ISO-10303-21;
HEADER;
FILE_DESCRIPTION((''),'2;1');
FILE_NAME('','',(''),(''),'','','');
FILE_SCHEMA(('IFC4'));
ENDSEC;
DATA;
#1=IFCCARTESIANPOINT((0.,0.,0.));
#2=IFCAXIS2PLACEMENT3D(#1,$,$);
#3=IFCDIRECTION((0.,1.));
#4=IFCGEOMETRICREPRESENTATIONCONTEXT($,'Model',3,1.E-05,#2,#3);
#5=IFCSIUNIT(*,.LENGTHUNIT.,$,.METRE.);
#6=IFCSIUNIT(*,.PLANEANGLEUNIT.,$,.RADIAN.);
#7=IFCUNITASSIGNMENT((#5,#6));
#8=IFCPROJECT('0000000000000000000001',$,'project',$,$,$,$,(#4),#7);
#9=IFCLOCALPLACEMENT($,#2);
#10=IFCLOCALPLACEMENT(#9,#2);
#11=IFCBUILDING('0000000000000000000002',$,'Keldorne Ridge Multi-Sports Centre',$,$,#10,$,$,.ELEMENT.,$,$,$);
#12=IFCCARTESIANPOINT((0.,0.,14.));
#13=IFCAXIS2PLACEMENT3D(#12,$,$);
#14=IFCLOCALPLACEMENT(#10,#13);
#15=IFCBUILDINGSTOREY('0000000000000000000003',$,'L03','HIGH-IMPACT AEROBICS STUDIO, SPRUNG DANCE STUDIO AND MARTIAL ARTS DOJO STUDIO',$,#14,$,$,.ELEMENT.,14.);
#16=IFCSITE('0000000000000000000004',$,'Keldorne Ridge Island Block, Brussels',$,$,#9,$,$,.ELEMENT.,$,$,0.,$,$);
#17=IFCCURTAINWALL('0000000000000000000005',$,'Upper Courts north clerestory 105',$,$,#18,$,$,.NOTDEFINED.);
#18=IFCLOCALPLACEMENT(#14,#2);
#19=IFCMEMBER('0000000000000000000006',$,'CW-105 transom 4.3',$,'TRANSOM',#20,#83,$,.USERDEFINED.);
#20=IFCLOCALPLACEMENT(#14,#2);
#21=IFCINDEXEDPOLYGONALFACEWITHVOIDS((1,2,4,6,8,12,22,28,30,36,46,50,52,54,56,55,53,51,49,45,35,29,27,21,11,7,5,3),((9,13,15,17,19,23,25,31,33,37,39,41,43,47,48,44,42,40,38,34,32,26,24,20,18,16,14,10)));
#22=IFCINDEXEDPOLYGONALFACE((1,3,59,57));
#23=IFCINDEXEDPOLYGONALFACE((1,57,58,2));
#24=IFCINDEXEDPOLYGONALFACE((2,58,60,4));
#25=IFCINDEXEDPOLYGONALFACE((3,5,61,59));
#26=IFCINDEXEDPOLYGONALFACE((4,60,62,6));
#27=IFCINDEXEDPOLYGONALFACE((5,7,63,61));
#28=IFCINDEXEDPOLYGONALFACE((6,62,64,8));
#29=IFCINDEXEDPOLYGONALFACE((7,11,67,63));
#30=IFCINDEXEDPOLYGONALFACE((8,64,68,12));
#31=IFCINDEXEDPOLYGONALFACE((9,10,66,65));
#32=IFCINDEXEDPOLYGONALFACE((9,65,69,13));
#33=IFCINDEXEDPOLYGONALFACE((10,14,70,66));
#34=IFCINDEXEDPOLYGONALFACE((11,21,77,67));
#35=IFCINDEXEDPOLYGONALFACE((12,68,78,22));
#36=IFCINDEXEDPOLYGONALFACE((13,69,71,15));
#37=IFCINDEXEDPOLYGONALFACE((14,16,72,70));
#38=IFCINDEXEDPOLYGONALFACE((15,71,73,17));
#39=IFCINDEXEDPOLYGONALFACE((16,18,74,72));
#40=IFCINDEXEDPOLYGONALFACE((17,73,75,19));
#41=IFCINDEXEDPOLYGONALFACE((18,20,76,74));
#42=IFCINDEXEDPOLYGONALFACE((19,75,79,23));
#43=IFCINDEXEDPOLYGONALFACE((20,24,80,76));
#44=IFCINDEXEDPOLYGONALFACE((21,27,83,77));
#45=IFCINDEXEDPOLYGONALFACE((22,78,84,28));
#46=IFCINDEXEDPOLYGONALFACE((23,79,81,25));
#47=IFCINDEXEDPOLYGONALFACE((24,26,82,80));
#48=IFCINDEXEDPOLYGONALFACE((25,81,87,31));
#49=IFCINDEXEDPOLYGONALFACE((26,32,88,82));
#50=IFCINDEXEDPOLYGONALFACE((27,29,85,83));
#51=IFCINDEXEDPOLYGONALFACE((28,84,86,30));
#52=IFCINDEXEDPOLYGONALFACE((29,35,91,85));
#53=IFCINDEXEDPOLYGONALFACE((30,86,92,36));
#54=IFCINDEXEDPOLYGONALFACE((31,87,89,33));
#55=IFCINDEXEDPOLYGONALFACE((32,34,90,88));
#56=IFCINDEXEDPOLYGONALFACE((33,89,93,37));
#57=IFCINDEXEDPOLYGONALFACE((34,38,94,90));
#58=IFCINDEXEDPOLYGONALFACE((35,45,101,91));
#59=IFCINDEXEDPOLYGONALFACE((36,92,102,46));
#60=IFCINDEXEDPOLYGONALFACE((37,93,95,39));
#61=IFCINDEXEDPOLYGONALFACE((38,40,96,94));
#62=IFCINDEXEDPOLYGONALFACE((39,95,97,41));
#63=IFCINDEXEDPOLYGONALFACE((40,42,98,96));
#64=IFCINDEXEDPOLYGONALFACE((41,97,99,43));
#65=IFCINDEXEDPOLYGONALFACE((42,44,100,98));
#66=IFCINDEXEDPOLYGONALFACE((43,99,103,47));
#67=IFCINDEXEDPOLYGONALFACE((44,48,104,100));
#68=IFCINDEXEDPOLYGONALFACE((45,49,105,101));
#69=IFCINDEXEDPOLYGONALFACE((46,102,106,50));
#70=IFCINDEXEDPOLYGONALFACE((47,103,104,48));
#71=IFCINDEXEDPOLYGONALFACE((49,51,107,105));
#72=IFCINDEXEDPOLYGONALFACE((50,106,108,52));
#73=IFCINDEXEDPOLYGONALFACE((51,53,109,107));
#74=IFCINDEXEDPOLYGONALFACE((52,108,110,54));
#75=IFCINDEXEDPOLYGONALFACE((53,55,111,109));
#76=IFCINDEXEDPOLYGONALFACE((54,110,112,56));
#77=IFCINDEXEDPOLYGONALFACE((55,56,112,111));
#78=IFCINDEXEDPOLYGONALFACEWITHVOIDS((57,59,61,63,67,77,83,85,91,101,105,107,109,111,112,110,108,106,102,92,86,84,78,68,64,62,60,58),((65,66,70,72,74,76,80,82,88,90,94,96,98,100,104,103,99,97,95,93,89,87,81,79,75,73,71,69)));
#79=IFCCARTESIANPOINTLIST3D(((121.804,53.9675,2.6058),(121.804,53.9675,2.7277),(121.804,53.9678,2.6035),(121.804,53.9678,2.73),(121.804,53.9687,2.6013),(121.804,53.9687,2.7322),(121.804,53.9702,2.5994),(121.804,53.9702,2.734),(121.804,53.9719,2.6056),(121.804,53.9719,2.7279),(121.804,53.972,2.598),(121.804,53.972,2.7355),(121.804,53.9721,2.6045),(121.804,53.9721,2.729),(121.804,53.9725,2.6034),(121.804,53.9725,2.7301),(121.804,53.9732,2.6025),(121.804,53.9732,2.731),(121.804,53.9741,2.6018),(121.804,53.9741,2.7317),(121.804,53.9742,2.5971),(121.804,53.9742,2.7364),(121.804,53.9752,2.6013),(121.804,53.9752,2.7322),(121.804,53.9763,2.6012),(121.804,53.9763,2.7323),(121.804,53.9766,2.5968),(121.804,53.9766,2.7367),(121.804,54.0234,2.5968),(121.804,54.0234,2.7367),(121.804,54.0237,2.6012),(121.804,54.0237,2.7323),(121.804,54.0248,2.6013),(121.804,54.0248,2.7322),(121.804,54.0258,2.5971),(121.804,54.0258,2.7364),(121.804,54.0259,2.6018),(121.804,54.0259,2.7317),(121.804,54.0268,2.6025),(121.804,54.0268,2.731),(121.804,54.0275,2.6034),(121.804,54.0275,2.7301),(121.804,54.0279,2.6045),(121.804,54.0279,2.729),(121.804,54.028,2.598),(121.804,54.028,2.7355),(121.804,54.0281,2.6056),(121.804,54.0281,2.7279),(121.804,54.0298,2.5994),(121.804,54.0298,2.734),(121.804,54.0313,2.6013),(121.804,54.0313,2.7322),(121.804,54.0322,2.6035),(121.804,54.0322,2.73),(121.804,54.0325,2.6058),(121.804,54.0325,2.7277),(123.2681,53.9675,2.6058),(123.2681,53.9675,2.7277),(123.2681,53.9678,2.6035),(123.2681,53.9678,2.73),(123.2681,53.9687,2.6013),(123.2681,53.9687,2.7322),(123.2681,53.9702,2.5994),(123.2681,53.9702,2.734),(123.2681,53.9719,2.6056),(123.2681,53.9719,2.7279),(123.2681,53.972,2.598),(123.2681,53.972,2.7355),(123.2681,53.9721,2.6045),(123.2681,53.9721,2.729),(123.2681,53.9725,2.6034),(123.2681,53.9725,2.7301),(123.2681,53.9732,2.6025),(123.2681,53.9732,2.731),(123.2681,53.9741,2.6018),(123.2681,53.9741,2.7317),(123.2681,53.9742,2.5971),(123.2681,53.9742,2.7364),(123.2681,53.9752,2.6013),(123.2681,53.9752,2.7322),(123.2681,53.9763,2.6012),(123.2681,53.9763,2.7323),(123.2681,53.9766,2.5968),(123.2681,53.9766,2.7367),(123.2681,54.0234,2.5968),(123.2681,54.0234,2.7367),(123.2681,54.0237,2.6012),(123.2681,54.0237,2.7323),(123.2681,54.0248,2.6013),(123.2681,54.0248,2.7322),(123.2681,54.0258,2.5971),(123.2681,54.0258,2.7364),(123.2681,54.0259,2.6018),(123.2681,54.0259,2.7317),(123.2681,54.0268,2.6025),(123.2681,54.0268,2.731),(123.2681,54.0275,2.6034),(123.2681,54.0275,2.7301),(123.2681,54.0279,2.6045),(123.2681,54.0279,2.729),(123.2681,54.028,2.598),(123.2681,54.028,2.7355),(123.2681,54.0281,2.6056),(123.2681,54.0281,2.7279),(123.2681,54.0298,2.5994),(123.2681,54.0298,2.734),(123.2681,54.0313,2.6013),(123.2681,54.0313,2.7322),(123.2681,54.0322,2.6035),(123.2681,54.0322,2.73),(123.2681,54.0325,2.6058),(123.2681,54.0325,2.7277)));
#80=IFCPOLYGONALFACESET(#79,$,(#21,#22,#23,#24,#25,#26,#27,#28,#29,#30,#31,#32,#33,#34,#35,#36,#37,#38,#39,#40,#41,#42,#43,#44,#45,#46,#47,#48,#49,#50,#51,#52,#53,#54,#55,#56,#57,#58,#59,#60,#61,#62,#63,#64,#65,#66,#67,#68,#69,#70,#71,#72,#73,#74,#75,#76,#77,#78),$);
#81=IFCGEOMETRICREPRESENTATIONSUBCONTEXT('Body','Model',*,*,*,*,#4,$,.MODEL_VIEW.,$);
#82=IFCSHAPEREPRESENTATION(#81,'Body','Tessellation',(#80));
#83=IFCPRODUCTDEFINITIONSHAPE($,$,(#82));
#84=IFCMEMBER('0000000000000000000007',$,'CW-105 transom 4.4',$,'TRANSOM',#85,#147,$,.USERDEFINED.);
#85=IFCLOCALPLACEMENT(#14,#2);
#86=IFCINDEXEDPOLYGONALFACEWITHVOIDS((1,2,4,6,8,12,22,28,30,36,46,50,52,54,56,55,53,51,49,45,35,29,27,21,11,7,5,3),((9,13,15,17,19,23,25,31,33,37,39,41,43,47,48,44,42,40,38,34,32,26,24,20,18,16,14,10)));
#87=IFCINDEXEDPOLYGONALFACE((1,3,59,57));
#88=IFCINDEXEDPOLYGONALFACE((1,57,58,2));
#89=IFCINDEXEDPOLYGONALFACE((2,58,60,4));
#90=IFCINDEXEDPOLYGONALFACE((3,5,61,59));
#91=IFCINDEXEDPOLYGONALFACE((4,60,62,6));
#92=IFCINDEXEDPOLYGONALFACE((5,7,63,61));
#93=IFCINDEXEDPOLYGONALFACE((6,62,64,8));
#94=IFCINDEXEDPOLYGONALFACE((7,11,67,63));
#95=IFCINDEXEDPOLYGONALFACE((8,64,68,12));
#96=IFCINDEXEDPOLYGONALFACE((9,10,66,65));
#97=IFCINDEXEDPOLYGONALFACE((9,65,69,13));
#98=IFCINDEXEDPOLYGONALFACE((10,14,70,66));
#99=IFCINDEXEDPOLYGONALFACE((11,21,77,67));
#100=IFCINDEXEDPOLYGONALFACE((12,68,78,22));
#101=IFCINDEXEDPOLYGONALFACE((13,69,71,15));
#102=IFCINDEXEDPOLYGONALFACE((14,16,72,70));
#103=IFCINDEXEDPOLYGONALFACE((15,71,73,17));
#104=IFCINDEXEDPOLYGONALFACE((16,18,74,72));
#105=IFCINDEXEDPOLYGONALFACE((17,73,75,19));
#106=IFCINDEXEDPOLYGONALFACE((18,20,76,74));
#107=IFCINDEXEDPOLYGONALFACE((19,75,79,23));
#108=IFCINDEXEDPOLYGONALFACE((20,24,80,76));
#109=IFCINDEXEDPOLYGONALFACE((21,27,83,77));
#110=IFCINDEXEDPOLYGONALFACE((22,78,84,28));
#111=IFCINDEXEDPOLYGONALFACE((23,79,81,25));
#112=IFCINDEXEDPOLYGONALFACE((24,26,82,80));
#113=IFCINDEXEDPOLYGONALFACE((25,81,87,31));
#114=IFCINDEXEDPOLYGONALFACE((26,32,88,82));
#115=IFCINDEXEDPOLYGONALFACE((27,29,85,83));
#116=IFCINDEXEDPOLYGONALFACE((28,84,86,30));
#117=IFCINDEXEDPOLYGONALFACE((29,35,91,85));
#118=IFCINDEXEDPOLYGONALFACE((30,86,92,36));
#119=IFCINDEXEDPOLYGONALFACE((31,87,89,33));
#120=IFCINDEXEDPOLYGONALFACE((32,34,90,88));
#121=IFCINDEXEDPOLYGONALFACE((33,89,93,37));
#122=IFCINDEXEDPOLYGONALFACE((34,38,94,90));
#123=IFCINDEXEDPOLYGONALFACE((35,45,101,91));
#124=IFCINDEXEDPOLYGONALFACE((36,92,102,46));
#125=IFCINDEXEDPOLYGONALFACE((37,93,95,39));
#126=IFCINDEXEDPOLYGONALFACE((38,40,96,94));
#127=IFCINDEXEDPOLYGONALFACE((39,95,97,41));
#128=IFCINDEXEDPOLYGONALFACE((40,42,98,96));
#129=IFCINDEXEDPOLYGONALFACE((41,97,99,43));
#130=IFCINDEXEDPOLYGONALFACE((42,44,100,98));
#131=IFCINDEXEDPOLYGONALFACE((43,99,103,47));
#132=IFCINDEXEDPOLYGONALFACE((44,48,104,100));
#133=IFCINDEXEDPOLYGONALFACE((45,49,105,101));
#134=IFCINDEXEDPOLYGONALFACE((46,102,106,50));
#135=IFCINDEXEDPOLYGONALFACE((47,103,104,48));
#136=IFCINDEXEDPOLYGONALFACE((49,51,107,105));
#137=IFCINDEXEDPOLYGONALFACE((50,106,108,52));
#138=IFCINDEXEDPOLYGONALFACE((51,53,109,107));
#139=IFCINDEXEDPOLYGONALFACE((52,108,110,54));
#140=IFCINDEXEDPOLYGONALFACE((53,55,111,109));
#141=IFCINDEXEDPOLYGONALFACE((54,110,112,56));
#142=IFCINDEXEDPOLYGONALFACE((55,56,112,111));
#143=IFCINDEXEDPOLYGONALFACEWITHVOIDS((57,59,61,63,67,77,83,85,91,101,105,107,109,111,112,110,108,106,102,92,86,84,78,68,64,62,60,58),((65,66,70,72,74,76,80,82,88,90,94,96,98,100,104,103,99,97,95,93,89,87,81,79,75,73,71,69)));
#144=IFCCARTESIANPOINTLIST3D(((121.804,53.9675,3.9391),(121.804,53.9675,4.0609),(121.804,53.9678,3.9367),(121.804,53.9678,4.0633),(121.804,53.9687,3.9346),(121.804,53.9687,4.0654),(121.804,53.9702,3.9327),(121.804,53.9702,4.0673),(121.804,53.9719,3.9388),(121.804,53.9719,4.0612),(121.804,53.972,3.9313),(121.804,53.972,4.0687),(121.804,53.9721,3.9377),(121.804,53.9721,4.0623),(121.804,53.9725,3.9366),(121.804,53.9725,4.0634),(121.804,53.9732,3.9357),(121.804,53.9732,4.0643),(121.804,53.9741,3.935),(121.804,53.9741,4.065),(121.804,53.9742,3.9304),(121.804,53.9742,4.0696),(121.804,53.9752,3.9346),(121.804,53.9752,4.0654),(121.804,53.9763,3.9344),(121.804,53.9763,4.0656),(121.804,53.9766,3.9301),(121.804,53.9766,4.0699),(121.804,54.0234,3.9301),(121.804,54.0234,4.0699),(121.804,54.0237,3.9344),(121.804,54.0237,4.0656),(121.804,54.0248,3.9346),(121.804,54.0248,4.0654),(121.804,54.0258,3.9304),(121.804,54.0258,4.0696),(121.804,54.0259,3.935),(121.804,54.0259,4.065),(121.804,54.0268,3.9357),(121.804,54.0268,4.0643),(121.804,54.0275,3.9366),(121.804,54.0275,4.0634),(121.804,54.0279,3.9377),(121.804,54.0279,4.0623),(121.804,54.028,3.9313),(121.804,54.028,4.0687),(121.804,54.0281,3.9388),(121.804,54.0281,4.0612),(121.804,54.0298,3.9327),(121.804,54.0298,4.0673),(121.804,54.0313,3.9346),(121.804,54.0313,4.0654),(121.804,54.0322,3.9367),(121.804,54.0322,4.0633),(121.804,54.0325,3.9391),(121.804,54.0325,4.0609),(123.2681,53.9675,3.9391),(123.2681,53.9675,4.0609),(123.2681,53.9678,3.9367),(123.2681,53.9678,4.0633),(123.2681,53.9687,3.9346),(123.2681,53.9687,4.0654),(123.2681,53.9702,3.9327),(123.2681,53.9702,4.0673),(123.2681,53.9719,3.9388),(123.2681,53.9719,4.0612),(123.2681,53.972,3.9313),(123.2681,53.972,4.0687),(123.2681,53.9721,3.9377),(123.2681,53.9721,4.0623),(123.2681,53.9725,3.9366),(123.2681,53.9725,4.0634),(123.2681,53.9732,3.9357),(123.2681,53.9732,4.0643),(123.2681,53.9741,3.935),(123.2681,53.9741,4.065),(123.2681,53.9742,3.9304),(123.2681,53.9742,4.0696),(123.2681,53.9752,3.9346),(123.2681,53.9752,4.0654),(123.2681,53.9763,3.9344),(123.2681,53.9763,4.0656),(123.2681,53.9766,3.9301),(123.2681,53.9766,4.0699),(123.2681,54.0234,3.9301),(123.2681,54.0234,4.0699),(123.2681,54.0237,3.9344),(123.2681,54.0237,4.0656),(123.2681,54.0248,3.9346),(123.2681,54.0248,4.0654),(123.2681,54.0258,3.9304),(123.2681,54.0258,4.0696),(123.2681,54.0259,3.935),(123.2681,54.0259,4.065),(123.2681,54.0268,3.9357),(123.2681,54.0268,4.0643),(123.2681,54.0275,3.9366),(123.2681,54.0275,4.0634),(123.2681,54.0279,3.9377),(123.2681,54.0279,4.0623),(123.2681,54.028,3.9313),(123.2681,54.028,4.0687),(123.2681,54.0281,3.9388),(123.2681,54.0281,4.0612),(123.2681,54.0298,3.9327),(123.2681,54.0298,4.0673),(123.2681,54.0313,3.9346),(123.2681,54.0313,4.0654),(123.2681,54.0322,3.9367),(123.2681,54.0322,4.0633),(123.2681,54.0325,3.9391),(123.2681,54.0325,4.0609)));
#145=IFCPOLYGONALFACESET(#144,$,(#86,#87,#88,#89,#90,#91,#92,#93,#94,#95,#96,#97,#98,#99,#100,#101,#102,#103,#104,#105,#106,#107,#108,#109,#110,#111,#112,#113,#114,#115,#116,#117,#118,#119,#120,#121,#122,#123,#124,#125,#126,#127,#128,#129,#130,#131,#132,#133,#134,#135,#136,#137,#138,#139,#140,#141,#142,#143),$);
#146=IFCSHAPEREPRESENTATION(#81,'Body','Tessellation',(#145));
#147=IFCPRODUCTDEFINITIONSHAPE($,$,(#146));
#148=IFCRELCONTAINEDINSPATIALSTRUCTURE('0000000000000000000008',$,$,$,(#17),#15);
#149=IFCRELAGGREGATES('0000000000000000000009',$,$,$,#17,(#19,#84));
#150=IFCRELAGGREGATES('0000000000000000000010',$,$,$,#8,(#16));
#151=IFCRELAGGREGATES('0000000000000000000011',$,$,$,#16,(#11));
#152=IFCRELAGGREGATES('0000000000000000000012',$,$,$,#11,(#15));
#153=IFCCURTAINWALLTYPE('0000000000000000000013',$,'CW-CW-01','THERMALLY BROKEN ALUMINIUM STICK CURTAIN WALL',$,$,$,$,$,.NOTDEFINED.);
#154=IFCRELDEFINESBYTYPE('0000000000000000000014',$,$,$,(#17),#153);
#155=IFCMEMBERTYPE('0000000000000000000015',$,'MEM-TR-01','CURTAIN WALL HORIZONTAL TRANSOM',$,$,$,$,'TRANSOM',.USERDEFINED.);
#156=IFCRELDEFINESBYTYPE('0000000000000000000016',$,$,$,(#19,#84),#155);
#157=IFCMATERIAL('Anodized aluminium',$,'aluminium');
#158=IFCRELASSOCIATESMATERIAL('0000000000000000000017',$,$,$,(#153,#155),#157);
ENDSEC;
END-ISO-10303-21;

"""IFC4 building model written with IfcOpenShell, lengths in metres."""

from ifc_helpers import new_model, si_unit, direction, frame, origin, origin_2d, place, context, subcontext, project, spatial, hollow_rectangle, extrude, material, material_profile, profile_set, type_object, element, aggregate, save


model = new_model("IFC4")

# Units and contexts
model_context = context("Model", 3, precision=1e-05, world=origin(), true_north=direction((0.0, 1.0)))
body_context = subcontext(model_context, "Body", "Model", "MODEL_VIEW")
ifc_project = project(units=[si_unit("LENGTHUNIT", "METRE"), si_unit("PLANEANGLEUNIT", "RADIAN")], contexts=[model_context])

# Site, building, storey
site_placement = place(None, origin())
site = spatial("IfcSite", under=ifc_project, at=site_placement, Name="Keldorne Ridge Island Block, Brussels", CompositionType="ELEMENT", RefElevation=0.0)
building_placement = place(site_placement, origin())
building = spatial("IfcBuilding", under=site, at=building_placement, Name="Keldorne Ridge Multi-Sports Centre", CompositionType="ELEMENT")
storey_placement = place(building_placement, frame((0.0, 0.0, 14.0)))
storey = spatial("IfcBuildingStorey", under=building, at=storey_placement, Name="L03", Description="HIGH-IMPACT AEROBICS STUDIO, SPRUNG DANCE STUDIO AND MARTIAL ARTS DOJO STUDIO", CompositionType="ELEMENT", Elevation=14.0)

# Curtain wall, members
ifc_material_1 = material(Name="Anodized aluminium", Category="aluminium")
curtain_wall_type = type_object("IfcCurtainWallType", Name="CW-CW-01", Description="THERMALLY BROKEN ALUMINIUM STICK CURTAIN WALL", PredefinedType="NOTDEFINED", material=ifc_material_1)
curtain_wall_placement = place(storey_placement, origin())
curtain_wall = element("IfcCurtainWall", 1, at=curtain_wall_placement, inside=storey, type_object=curtain_wall_type, Name="Upper Courts north clerestory 105", PredefinedType="NOTDEFINED")
ifc_material_profile_1 = material_profile(ifc_material_1, hollow_rectangle(XDim=0.0649, YDim=0.1399, WallThickness=0.0044, InnerFilletRadius=0.0044, OuterFilletRadius=0.009, at=origin_2d()), Name="ALU TRANSOM 140x65x4.5")
ifc_profile_set_1 = profile_set([ifc_material_profile_1], Name="Anodized aluminium")
member_type_1 = type_object("IfcMemberType", Name="MEM-TR-01", Description="CURTAIN WALL HORIZONTAL TRANSOM", ElementType="TRANSOM", PredefinedType="USERDEFINED", material=ifc_profile_set_1)
member_1_placement = place(storey_placement, frame((123.2681, 54.0, 2.6667), z_axis=(-1.0, 0.0, 0.0), x_axis=(0.0, -1.0, 0.0)))
member_1 = element("IfcMember", 2, at=member_1_placement, type_object=member_type_1, Name="CW-105 transom 4.3", ObjectType="TRANSOM", PredefinedType="USERDEFINED", context=body_context, shape_type="SweptSolid", body=[
    extrude(hollow_rectangle(XDim=0.0649, YDim=0.1399, WallThickness=0.0044, InnerFilletRadius=0.0044, OuterFilletRadius=0.009, at=origin_2d()), origin(), (0.0, 0.0, 1.0), 1.4641),
])
member_2_placement = place(storey_placement, frame((123.2681, 54.0, 4.0), z_axis=(-1.0, 0.0, 0.0), x_axis=(0.0, -1.0, 0.0)))
member_2 = element("IfcMember", 3, at=member_2_placement, type_object=member_type_1, Name="CW-105 transom 4.4", ObjectType="TRANSOM", PredefinedType="USERDEFINED", context=body_context, shape_type="SweptSolid", body=[
    extrude(hollow_rectangle(XDim=0.0649, YDim=0.1399, WallThickness=0.0044, InnerFilletRadius=0.0044, OuterFilletRadius=0.009, at=origin_2d()), origin(), (0.0, 0.0, 1.0), 1.4641),
])
aggregate(curtain_wall, [member_1, member_2])

save(model, "model.ifc")
